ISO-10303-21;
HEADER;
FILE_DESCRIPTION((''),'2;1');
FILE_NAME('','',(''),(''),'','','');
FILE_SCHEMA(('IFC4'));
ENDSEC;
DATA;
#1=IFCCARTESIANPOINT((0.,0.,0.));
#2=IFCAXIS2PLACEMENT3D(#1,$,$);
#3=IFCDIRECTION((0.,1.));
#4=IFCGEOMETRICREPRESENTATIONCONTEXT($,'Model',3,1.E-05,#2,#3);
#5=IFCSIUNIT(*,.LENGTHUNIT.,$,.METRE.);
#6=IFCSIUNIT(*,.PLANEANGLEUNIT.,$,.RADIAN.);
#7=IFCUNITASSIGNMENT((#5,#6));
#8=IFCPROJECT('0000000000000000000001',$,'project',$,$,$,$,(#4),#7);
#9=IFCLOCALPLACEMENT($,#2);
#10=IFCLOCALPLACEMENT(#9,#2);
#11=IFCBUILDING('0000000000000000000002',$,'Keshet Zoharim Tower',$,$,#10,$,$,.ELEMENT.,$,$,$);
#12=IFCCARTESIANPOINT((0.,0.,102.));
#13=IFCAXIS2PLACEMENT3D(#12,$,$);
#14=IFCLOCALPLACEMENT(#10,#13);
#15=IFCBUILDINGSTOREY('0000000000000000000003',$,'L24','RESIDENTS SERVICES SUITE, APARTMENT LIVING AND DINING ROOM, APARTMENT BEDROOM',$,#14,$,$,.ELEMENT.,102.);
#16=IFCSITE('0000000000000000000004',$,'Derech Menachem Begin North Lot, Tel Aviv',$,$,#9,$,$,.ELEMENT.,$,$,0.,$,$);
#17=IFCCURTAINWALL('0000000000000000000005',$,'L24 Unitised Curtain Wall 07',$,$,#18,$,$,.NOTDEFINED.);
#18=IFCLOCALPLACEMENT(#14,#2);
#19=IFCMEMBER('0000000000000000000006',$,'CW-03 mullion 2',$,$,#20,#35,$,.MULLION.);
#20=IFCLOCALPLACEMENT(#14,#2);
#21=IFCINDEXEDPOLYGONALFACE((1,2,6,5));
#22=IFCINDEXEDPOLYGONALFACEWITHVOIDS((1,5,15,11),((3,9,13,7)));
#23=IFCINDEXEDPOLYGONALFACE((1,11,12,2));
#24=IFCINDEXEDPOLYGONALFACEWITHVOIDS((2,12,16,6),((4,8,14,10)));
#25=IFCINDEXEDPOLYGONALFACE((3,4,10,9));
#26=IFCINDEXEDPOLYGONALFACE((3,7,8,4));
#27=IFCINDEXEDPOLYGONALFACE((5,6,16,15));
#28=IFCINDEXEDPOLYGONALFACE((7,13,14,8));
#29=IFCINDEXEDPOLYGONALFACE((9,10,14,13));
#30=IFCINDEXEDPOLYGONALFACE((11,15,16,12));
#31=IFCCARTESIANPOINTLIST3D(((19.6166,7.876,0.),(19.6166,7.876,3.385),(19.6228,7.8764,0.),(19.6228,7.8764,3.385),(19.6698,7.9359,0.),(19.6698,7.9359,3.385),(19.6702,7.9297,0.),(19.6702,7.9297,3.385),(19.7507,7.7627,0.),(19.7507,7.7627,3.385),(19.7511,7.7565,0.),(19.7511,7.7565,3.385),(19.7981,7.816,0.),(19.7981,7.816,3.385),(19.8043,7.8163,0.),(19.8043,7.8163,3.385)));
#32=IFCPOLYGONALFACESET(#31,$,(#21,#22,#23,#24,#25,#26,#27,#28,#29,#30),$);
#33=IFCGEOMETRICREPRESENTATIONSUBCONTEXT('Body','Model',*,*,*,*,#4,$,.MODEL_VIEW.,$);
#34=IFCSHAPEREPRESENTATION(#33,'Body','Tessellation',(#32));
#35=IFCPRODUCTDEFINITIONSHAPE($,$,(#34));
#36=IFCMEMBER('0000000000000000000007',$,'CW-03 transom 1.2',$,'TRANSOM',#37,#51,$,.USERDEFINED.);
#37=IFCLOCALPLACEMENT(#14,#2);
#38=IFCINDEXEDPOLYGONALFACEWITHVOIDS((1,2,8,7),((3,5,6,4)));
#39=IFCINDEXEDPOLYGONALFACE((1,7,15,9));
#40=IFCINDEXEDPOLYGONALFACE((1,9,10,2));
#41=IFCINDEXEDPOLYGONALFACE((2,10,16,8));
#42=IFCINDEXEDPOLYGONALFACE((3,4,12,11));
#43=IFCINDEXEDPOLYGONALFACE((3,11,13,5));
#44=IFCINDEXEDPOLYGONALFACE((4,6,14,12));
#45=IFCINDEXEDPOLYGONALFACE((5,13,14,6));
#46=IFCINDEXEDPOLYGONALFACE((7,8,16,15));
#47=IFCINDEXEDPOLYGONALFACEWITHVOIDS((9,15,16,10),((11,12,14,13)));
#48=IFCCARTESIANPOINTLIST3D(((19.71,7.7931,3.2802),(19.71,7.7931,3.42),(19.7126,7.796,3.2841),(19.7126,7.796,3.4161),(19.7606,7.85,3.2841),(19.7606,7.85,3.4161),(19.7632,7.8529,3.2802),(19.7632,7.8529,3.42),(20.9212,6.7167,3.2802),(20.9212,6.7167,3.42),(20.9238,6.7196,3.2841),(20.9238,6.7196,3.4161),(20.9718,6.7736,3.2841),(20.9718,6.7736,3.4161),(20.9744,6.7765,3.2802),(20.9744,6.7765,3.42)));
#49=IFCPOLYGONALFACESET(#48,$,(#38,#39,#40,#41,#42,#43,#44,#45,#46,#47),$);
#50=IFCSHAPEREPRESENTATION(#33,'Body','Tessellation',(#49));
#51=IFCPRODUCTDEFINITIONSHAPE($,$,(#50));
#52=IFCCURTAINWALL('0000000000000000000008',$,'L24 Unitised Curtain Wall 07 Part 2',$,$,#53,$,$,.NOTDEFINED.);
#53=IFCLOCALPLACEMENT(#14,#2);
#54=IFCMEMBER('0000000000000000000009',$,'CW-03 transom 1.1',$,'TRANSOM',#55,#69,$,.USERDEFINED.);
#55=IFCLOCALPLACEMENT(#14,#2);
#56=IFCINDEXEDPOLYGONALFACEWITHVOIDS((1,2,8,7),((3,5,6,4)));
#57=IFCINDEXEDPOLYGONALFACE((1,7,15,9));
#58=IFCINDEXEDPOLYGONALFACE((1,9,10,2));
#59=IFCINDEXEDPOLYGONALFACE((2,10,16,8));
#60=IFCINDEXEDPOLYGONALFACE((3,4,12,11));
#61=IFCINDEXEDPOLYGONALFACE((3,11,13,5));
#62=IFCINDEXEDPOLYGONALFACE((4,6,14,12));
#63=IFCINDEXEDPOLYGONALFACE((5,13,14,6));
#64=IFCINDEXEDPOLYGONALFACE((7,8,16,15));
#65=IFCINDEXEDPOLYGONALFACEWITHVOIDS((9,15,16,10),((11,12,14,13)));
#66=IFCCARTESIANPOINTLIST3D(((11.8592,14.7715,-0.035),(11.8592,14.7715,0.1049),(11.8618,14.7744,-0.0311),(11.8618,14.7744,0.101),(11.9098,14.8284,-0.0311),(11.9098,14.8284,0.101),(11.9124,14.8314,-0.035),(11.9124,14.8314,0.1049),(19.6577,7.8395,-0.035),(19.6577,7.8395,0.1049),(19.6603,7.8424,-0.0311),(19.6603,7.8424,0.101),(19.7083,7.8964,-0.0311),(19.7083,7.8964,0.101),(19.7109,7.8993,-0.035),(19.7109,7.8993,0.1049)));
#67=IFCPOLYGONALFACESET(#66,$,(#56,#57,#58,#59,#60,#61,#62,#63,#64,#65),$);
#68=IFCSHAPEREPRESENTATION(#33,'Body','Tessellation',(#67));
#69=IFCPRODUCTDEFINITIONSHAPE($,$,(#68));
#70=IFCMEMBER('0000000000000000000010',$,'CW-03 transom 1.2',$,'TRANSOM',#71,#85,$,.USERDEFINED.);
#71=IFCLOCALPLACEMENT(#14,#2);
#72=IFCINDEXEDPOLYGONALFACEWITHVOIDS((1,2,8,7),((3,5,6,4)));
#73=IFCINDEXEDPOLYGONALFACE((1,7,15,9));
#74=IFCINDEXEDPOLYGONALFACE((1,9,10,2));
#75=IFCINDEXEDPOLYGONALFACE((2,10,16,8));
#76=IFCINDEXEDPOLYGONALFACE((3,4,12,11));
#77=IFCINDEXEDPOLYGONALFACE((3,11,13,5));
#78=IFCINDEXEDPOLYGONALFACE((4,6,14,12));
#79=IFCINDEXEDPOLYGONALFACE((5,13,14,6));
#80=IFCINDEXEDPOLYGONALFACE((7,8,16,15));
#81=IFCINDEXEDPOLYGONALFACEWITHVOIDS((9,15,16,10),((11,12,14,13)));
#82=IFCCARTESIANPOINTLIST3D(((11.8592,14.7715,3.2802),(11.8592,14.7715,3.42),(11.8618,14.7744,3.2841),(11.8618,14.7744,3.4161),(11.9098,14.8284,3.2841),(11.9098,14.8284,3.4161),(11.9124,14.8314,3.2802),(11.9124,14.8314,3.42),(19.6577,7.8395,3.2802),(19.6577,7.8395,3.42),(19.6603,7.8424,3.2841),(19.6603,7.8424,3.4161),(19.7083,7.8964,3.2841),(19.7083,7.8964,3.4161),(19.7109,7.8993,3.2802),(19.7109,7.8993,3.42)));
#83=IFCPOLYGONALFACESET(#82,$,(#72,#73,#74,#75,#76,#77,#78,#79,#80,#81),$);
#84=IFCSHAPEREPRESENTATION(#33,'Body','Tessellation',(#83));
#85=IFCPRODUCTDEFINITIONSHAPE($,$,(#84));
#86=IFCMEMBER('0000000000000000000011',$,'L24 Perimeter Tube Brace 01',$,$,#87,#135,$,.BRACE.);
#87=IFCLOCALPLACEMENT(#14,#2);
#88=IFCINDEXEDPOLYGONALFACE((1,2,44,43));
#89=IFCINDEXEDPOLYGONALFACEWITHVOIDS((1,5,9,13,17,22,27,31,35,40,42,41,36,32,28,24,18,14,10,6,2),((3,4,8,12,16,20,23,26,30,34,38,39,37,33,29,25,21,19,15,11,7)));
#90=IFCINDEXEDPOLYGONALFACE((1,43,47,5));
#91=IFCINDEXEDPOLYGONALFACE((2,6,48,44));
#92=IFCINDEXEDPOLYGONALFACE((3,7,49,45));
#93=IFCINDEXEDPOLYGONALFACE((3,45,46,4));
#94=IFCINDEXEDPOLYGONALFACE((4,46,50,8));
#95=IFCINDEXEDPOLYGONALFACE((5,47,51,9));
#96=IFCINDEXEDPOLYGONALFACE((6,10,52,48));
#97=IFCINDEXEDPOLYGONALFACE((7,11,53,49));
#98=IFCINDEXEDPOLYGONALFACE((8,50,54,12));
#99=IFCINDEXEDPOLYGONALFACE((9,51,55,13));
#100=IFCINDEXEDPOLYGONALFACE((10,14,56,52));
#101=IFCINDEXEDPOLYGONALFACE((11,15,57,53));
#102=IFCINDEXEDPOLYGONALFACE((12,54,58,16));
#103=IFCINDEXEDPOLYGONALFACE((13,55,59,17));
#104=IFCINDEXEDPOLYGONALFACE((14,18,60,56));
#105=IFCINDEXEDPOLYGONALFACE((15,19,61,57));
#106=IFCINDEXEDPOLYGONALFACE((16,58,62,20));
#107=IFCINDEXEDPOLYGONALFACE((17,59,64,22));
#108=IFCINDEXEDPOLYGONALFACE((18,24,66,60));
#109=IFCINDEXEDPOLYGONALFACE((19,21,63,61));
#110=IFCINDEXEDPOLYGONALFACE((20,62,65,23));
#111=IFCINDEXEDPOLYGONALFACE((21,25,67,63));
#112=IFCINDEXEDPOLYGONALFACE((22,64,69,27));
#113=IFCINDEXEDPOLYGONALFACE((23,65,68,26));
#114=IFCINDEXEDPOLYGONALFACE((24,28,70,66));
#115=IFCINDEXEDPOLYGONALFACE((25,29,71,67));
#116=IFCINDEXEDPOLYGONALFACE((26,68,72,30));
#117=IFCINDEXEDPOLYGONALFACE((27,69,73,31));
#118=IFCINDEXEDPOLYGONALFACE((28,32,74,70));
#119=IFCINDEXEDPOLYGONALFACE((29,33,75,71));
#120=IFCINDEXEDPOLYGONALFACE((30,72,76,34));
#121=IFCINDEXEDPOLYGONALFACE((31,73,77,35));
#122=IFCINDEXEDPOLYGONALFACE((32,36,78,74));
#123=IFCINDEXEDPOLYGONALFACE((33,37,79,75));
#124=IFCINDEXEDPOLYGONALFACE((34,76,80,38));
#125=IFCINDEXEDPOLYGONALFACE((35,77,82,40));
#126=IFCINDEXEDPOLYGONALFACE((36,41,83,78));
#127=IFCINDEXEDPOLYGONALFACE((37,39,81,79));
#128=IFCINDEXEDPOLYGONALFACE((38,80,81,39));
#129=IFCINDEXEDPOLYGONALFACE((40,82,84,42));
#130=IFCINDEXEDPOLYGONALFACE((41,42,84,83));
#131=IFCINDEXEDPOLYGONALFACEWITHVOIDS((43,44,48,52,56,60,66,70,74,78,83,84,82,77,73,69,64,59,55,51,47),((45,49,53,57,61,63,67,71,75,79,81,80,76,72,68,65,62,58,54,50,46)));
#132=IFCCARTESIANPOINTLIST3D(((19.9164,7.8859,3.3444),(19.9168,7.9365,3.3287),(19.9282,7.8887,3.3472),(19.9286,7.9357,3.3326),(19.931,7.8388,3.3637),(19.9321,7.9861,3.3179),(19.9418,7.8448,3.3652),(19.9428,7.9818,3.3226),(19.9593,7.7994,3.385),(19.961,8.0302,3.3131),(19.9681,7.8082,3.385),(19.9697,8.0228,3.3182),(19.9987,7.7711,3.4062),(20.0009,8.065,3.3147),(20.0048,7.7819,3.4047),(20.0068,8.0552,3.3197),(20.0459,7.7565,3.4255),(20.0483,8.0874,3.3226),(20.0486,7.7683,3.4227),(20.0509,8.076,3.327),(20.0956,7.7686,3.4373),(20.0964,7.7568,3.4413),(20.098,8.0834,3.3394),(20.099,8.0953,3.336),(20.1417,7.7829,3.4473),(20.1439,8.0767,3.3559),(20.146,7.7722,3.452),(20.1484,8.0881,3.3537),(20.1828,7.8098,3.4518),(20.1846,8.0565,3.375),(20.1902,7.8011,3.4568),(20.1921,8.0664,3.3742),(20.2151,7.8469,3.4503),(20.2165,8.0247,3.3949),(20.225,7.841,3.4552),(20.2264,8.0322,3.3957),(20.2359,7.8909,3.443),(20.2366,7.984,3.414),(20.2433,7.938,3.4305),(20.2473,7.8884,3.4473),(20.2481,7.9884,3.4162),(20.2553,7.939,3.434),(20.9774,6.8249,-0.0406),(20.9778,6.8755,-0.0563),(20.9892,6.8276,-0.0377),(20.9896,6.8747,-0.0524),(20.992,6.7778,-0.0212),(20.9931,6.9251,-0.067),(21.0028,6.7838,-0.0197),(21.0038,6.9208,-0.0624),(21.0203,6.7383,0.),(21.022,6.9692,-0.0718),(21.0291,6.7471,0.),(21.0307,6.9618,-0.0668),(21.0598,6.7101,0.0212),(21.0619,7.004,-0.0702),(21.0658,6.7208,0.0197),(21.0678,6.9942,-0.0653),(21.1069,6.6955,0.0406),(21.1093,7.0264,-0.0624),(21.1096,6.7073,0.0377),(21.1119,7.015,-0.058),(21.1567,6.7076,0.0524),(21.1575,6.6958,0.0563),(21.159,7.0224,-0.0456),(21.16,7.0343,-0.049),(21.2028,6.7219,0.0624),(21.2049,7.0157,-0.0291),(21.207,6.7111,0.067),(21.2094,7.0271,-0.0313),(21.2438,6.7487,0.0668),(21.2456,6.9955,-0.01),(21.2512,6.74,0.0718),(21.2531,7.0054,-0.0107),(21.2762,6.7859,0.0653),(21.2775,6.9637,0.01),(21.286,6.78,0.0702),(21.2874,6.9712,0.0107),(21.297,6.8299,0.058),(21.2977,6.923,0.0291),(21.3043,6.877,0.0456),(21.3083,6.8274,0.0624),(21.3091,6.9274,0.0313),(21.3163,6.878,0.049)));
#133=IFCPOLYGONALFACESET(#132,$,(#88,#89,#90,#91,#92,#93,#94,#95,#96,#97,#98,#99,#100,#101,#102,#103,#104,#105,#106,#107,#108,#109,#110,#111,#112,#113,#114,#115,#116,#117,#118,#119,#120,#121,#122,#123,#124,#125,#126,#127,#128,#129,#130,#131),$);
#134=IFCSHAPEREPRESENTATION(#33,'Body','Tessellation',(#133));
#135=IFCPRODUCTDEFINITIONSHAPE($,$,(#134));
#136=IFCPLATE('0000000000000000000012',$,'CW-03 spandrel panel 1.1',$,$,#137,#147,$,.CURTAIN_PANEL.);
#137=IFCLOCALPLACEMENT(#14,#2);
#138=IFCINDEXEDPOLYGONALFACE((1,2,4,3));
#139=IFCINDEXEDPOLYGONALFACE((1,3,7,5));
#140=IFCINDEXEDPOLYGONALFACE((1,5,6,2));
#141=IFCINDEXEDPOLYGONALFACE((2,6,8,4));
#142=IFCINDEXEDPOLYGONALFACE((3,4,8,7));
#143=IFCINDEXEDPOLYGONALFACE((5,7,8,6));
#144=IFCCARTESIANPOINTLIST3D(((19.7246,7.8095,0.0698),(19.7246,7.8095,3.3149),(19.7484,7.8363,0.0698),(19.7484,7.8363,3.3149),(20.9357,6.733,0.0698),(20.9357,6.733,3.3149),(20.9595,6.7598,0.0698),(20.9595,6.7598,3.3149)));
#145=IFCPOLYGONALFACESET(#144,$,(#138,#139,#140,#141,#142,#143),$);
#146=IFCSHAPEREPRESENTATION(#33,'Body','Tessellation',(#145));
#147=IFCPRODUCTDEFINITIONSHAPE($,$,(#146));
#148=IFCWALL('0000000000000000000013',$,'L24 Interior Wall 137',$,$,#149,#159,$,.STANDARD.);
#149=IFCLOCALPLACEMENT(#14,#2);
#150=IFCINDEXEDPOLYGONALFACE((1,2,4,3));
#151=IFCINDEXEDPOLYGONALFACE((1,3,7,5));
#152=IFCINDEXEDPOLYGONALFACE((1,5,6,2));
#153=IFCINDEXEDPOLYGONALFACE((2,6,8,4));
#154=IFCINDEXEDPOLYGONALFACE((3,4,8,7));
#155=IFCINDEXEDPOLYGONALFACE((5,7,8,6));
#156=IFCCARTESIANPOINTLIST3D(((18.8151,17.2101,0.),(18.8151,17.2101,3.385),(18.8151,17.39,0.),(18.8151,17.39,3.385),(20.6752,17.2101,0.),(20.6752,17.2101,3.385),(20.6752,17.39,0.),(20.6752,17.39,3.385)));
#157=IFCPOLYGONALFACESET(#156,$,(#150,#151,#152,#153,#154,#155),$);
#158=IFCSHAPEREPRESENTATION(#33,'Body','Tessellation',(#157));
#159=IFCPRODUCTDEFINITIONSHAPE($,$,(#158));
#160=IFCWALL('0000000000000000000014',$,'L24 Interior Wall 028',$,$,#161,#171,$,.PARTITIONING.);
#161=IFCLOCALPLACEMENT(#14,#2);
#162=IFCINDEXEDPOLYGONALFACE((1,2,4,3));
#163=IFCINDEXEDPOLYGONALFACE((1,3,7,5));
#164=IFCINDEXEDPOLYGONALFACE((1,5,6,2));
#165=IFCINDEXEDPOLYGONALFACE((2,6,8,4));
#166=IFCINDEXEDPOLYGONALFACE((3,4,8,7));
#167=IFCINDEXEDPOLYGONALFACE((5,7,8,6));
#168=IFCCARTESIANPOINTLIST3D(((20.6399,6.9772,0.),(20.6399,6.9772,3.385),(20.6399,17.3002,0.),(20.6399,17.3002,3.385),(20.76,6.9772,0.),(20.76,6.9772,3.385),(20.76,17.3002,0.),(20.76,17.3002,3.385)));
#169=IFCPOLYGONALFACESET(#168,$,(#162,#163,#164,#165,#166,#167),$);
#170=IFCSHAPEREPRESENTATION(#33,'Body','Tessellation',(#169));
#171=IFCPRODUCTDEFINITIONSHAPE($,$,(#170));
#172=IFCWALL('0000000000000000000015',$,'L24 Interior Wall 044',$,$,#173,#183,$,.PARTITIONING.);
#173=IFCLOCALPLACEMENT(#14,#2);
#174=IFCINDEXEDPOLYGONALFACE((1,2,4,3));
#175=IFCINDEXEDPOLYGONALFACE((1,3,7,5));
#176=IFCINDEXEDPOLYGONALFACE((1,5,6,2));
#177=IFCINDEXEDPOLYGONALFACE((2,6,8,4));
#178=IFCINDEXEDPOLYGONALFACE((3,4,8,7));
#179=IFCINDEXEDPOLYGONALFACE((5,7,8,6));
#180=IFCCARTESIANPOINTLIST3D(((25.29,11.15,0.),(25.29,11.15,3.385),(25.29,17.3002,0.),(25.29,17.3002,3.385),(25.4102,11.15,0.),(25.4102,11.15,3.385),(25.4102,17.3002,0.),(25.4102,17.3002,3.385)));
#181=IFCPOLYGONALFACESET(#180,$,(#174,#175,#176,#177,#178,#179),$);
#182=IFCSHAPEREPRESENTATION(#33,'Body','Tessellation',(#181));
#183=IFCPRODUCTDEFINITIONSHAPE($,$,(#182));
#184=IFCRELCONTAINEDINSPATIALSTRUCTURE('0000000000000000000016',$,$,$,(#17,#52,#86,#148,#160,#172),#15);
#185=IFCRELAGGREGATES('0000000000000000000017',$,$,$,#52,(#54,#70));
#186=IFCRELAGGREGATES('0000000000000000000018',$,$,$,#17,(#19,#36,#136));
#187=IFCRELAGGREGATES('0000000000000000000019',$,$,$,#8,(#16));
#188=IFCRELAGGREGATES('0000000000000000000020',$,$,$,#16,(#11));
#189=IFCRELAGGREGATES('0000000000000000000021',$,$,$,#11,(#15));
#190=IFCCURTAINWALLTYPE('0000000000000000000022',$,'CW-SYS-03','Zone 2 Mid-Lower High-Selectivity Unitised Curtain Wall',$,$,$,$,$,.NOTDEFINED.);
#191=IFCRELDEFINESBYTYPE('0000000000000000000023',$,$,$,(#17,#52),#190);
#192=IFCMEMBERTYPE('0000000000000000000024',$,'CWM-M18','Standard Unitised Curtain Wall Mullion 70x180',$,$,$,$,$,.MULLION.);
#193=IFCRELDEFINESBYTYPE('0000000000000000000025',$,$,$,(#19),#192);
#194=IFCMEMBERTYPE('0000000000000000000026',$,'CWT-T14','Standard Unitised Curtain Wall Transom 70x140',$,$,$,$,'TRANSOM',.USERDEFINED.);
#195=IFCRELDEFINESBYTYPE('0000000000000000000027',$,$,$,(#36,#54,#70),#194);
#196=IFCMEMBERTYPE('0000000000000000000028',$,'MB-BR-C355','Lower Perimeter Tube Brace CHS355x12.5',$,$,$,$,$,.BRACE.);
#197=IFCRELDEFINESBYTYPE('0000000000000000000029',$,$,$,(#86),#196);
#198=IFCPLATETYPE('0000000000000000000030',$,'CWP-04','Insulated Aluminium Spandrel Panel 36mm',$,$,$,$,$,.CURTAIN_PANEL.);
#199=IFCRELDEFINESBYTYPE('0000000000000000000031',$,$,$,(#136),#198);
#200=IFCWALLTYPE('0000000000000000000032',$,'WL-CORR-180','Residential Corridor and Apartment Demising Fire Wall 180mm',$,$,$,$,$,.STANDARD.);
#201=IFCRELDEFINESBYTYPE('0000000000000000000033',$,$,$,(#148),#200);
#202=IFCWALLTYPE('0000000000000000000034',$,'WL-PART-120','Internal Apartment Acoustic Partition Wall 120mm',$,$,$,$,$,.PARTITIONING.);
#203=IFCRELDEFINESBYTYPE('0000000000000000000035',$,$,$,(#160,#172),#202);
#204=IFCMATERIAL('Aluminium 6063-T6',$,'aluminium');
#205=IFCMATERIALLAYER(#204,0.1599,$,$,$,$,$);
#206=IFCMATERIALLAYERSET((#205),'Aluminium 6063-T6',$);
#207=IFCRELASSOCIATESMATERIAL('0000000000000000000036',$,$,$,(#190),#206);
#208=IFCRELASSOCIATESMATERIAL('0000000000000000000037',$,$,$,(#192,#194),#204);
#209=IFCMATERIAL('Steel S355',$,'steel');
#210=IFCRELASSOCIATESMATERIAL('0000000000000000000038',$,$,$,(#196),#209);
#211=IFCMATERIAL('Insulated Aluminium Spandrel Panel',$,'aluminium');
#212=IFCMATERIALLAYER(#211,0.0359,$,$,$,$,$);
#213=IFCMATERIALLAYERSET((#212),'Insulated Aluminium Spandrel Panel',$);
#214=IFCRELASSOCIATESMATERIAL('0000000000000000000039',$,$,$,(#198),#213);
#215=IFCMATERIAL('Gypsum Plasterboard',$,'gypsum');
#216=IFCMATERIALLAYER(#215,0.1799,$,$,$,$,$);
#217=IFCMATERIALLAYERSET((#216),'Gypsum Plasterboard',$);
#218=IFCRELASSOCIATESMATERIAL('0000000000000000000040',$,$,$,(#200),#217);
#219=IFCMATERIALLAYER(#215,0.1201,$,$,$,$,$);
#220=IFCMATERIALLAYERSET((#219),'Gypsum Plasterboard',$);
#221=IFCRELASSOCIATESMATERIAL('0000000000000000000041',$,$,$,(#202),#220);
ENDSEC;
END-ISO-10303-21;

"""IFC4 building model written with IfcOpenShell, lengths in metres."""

from ifc_helpers import new_model, si_unit, direction, frame, frame_2d, origin, origin_2d, place, context, subcontext, project, spatial, rectangle, hollow_rectangle, hollow_circle, extrude, material, layer, layer_set, material_profile, profile_set, type_object, element, aggregate, save


model = new_model("IFC4")

# Units and contexts
model_context = context("Model", 3, precision=1e-05, world=origin(), true_north=direction((0.0, 1.0)))
body_context = subcontext(model_context, "Body", "Model", "MODEL_VIEW")
ifc_project = project(units=[si_unit("LENGTHUNIT", "METRE"), si_unit("PLANEANGLEUNIT", "RADIAN")], contexts=[model_context])

# Site, building, storey
site_placement = place(None, origin())
site = spatial("IfcSite", under=ifc_project, at=site_placement, Name="Derech Menachem Begin North Lot, Tel Aviv", CompositionType="ELEMENT", RefElevation=0.0)
building_placement = place(site_placement, origin())
building = spatial("IfcBuilding", under=site, at=building_placement, Name="Keshet Zoharim Tower", CompositionType="ELEMENT")
storey_placement = place(building_placement, frame((0.0, 0.0, 102.0)))
storey = spatial("IfcBuildingStorey", under=building, at=storey_placement, Name="L24", Description="RESIDENTS SERVICES SUITE, APARTMENT LIVING AND DINING ROOM, APARTMENT BEDROOM", CompositionType="ELEMENT", Elevation=102.0)

# Curtain walls, members
ifc_material_1 = material(Name="Aluminium 6063-T6", Category="aluminium")
ifc_layer_1 = layer(ifc_material_1, 0.1599)
ifc_layer_set_1 = layer_set([ifc_layer_1], Name="Aluminium 6063-T6")
curtain_wall_type = type_object("IfcCurtainWallType", Name="CW-SYS-03", Description="Zone 2 Mid-Lower High-Selectivity Unitised Curtain Wall", PredefinedType="NOTDEFINED", material=ifc_layer_set_1)
curtain_wall_1_placement = place(storey_placement, origin())
curtain_wall_1 = element("IfcCurtainWall", 1, at=curtain_wall_1_placement, inside=storey, type_object=curtain_wall_type, Name="L24 Unitised Curtain Wall 07", PredefinedType="NOTDEFINED")
ifc_material_profile_1 = material_profile(ifc_material_1, hollow_rectangle(XDim=0.0801, YDim=0.1799, WallThickness=0.0044, at=origin_2d()), Name="MUL-80x180")
ifc_profile_set_1 = profile_set([ifc_material_profile_1], Name="Aluminium 6063-T6")
member_type_1 = type_object("IfcMemberType", Name="CWM-M18", Description="Standard Unitised Curtain Wall Mullion 70x180", PredefinedType="MULLION", material=ifc_profile_set_1)
member_1_placement = place(storey_placement, frame((19.7104, 7.8462, 0.0), z_axis=(0.0, 0.0, 1.0), x_axis=(-0.66436, -0.747412, 0.0)))
member_1 = element("IfcMember", 2, at=member_1_placement, type_object=member_type_1, Name="CW-03 mullion 2", PredefinedType="MULLION", context=body_context, shape_type="SweptSolid", body=[
    extrude(hollow_rectangle(XDim=0.0801, YDim=0.1799, WallThickness=0.0044, at=origin_2d()), origin(), (0.0, 0.0, 1.0), 3.385),
])
ifc_material_profile_2 = material_profile(ifc_material_1, hollow_rectangle(XDim=0.0801, YDim=0.1399, WallThickness=0.0039, at=origin_2d()), Name="TRN-80x140")
ifc_profile_set_2 = profile_set([ifc_material_profile_2], Name="Aluminium 6063-T6")
member_type_2 = type_object("IfcMemberType", Name="CWT-T14", Description="Standard Unitised Curtain Wall Transom 70x140", ElementType="TRANSOM", PredefinedType="USERDEFINED", material=ifc_profile_set_2)
member_2_placement = place(storey_placement, frame((20.9478, 6.7466, 3.3501), z_axis=(-0.747468, 0.664298, 0.0), x_axis=(-0.664298, -0.747468, 0.0)))
member_2 = element("IfcMember", 3, at=member_2_placement, type_object=member_type_2, Name="CW-03 transom 1.2", ObjectType="TRANSOM", PredefinedType="USERDEFINED", context=body_context, shape_type="SweptSolid", body=[
    extrude(hollow_rectangle(XDim=0.0801, YDim=0.1399, WallThickness=0.0039, at=origin_2d()), origin(), (0.0, 0.0, 1.0), 1.6204),
])
curtain_wall_2_placement = place(storey_placement, origin())
curtain_wall_2 = element("IfcCurtainWall", 4, at=curtain_wall_2_placement, inside=storey, type_object=curtain_wall_type, Name="L24 Unitised Curtain Wall 07 Part 2", PredefinedType="NOTDEFINED")
member_3_placement = place(storey_placement, frame((19.6843, 7.8694, 0.0349), z_axis=(-0.747407, 0.664367, 0.0), x_axis=(-0.664367, -0.747407, 0.0)))
member_3 = element("IfcMember", 5, at=member_3_placement, type_object=member_type_2, Name="CW-03 transom 1.1", ObjectType="TRANSOM", PredefinedType="USERDEFINED", context=body_context, shape_type="SweptSolid", body=[
    extrude(hollow_rectangle(XDim=0.0801, YDim=0.1399, WallThickness=0.0039, at=origin_2d()), origin(), (0.0, 0.0, 1.0), 10.4341),
])
member_4_placement = place(storey_placement, frame((19.6843, 7.8694, 3.3501), z_axis=(-0.747407, 0.664367, 0.0), x_axis=(-0.664367, -0.747407, 0.0)))
member_4 = element("IfcMember", 6, at=member_4_placement, type_object=member_type_2, Name="CW-03 transom 1.2", ObjectType="TRANSOM", PredefinedType="USERDEFINED", context=body_context, shape_type="SweptSolid", body=[
    extrude(hollow_rectangle(XDim=0.0801, YDim=0.1399, WallThickness=0.0039, at=origin_2d()), origin(), (0.0, 0.0, 1.0), 10.4341),
])
aggregate(curtain_wall_2, [member_3, member_4])

# Member
ifc_material_2 = material(Name="Steel S355", Category="steel")
ifc_material_profile_3 = material_profile(ifc_material_2, hollow_circle(Radius=0.1777, WallThickness=0.0125, at=origin_2d()), Name="CHS355x12.5")
ifc_profile_set_3 = profile_set([ifc_material_profile_3], Name="Steel S355")
member_type_3 = type_object("IfcMemberType", Name="MB-BR-C355", Description="Lower Perimeter Tube Brace CHS355x12.5", PredefinedType="BRACE", material=ifc_profile_set_3)
member_5_placement = place(storey_placement, frame((21.146, 6.864, 0.0), z_axis=(-0.286558, 0.286558, 0.914204), x_axis=(-0.707107, -0.707107, 0.0)))
element("IfcMember", 7, at=member_5_placement, inside=storey, type_object=member_type_3, Name="L24 Perimeter Tube Brace 01", PredefinedType="BRACE", context=body_context, shape_type="SweptSolid", body=[
    extrude(hollow_circle(Radius=0.1777, WallThickness=0.0125, at=origin_2d()), origin(), (0.0, 0.0, 1.0), 3.7026),
])

# Plate
ifc_material_3 = material(Name="Insulated Aluminium Spandrel Panel", Category="aluminium")
ifc_layer_2 = layer(ifc_material_3, 0.0359)
ifc_layer_set_2 = layer_set([ifc_layer_2], Name="Insulated Aluminium Spandrel Panel")
plate_type = type_object("IfcPlateType", Name="CWP-04", Description="Insulated Aluminium Spandrel Panel 36mm", PredefinedType="CURTAIN_PANEL", material=ifc_layer_set_2)
plate_placement = place(storey_placement, frame((20.342, 7.2847, 0.0698), z_axis=(0.0, 0.0, 1.0), x_axis=(-0.747412, 0.66436, 0.0)))
plate = element("IfcPlate", 8, at=plate_placement, type_object=plate_type, Name="CW-03 spandrel panel 1.1", PredefinedType="CURTAIN_PANEL", context=body_context, shape_type="SweptSolid", body=[
    extrude(rectangle(XDim=1.6204, YDim=0.0359, at=origin_2d()), origin(), (0.0, 0.0, 1.0), 3.2451),
])
aggregate(curtain_wall_1, [member_1, member_2, plate])

# Wall
ifc_material_4 = material(Name="Gypsum Plasterboard", Category="gypsum")
ifc_layer_3 = layer(ifc_material_4, 0.1799)
ifc_layer_set_3 = layer_set([ifc_layer_3], Name="Gypsum Plasterboard")
wall_type_1 = type_object("IfcWallType", Name="WL-CORR-180", Description="Residential Corridor and Apartment Demising Fire Wall 180mm", PredefinedType="STANDARD", material=ifc_layer_set_3)
wall_1_placement = place(storey_placement, frame((18.8149, 17.3, 0.0), z_axis=(0.0, 0.0, 1.0), x_axis=(1.0, 0.0, 0.0)))
element("IfcWall", 9, at=wall_1_placement, inside=storey, type_object=wall_type_1, Name="L24 Interior Wall 137", PredefinedType="STANDARD", context=body_context, shape_type="SweptSolid", body=[
    extrude(rectangle(XDim=1.8601, YDim=0.1799, at=frame_2d((0.9302, 0.0))), origin(), (0.0, 0.0, 1.0), 3.385),
])

# Walls
ifc_layer_4 = layer(ifc_material_4, 0.1201)
ifc_layer_set_4 = layer_set([ifc_layer_4], Name="Gypsum Plasterboard")
wall_type_2 = type_object("IfcWallType", Name="WL-PART-120", Description="Internal Apartment Acoustic Partition Wall 120mm", PredefinedType="PARTITIONING", material=ifc_layer_set_4)
wall_2_placement = place(storey_placement, frame((20.7, 6.9771, 0.0), z_axis=(0.0, 0.0, 1.0), x_axis=(0.0, 1.0, 0.0)))
element("IfcWall", 10, at=wall_2_placement, inside=storey, type_object=wall_type_2, Name="L24 Interior Wall 028", PredefinedType="PARTITIONING", context=body_context, shape_type="SweptSolid", body=[
    extrude(rectangle(XDim=10.323, YDim=0.1201, at=frame_2d((5.1616, 0.0))), origin(), (0.0, 0.0, 1.0), 3.385),
])
wall_3_placement = place(storey_placement, frame((25.3501, 11.1499, 0.0), z_axis=(0.0, 0.0, 1.0), x_axis=(0.0, 1.0, 0.0)))
element("IfcWall", 11, at=wall_3_placement, inside=storey, type_object=wall_type_2, Name="L24 Interior Wall 044", PredefinedType="PARTITIONING", context=body_context, shape_type="SweptSolid", body=[
    extrude(rectangle(XDim=6.1501, YDim=0.1201, at=frame_2d((3.0752, 0.0))), origin(), (0.0, 0.0, 1.0), 3.385),
])

save(model, "model.ifc")
